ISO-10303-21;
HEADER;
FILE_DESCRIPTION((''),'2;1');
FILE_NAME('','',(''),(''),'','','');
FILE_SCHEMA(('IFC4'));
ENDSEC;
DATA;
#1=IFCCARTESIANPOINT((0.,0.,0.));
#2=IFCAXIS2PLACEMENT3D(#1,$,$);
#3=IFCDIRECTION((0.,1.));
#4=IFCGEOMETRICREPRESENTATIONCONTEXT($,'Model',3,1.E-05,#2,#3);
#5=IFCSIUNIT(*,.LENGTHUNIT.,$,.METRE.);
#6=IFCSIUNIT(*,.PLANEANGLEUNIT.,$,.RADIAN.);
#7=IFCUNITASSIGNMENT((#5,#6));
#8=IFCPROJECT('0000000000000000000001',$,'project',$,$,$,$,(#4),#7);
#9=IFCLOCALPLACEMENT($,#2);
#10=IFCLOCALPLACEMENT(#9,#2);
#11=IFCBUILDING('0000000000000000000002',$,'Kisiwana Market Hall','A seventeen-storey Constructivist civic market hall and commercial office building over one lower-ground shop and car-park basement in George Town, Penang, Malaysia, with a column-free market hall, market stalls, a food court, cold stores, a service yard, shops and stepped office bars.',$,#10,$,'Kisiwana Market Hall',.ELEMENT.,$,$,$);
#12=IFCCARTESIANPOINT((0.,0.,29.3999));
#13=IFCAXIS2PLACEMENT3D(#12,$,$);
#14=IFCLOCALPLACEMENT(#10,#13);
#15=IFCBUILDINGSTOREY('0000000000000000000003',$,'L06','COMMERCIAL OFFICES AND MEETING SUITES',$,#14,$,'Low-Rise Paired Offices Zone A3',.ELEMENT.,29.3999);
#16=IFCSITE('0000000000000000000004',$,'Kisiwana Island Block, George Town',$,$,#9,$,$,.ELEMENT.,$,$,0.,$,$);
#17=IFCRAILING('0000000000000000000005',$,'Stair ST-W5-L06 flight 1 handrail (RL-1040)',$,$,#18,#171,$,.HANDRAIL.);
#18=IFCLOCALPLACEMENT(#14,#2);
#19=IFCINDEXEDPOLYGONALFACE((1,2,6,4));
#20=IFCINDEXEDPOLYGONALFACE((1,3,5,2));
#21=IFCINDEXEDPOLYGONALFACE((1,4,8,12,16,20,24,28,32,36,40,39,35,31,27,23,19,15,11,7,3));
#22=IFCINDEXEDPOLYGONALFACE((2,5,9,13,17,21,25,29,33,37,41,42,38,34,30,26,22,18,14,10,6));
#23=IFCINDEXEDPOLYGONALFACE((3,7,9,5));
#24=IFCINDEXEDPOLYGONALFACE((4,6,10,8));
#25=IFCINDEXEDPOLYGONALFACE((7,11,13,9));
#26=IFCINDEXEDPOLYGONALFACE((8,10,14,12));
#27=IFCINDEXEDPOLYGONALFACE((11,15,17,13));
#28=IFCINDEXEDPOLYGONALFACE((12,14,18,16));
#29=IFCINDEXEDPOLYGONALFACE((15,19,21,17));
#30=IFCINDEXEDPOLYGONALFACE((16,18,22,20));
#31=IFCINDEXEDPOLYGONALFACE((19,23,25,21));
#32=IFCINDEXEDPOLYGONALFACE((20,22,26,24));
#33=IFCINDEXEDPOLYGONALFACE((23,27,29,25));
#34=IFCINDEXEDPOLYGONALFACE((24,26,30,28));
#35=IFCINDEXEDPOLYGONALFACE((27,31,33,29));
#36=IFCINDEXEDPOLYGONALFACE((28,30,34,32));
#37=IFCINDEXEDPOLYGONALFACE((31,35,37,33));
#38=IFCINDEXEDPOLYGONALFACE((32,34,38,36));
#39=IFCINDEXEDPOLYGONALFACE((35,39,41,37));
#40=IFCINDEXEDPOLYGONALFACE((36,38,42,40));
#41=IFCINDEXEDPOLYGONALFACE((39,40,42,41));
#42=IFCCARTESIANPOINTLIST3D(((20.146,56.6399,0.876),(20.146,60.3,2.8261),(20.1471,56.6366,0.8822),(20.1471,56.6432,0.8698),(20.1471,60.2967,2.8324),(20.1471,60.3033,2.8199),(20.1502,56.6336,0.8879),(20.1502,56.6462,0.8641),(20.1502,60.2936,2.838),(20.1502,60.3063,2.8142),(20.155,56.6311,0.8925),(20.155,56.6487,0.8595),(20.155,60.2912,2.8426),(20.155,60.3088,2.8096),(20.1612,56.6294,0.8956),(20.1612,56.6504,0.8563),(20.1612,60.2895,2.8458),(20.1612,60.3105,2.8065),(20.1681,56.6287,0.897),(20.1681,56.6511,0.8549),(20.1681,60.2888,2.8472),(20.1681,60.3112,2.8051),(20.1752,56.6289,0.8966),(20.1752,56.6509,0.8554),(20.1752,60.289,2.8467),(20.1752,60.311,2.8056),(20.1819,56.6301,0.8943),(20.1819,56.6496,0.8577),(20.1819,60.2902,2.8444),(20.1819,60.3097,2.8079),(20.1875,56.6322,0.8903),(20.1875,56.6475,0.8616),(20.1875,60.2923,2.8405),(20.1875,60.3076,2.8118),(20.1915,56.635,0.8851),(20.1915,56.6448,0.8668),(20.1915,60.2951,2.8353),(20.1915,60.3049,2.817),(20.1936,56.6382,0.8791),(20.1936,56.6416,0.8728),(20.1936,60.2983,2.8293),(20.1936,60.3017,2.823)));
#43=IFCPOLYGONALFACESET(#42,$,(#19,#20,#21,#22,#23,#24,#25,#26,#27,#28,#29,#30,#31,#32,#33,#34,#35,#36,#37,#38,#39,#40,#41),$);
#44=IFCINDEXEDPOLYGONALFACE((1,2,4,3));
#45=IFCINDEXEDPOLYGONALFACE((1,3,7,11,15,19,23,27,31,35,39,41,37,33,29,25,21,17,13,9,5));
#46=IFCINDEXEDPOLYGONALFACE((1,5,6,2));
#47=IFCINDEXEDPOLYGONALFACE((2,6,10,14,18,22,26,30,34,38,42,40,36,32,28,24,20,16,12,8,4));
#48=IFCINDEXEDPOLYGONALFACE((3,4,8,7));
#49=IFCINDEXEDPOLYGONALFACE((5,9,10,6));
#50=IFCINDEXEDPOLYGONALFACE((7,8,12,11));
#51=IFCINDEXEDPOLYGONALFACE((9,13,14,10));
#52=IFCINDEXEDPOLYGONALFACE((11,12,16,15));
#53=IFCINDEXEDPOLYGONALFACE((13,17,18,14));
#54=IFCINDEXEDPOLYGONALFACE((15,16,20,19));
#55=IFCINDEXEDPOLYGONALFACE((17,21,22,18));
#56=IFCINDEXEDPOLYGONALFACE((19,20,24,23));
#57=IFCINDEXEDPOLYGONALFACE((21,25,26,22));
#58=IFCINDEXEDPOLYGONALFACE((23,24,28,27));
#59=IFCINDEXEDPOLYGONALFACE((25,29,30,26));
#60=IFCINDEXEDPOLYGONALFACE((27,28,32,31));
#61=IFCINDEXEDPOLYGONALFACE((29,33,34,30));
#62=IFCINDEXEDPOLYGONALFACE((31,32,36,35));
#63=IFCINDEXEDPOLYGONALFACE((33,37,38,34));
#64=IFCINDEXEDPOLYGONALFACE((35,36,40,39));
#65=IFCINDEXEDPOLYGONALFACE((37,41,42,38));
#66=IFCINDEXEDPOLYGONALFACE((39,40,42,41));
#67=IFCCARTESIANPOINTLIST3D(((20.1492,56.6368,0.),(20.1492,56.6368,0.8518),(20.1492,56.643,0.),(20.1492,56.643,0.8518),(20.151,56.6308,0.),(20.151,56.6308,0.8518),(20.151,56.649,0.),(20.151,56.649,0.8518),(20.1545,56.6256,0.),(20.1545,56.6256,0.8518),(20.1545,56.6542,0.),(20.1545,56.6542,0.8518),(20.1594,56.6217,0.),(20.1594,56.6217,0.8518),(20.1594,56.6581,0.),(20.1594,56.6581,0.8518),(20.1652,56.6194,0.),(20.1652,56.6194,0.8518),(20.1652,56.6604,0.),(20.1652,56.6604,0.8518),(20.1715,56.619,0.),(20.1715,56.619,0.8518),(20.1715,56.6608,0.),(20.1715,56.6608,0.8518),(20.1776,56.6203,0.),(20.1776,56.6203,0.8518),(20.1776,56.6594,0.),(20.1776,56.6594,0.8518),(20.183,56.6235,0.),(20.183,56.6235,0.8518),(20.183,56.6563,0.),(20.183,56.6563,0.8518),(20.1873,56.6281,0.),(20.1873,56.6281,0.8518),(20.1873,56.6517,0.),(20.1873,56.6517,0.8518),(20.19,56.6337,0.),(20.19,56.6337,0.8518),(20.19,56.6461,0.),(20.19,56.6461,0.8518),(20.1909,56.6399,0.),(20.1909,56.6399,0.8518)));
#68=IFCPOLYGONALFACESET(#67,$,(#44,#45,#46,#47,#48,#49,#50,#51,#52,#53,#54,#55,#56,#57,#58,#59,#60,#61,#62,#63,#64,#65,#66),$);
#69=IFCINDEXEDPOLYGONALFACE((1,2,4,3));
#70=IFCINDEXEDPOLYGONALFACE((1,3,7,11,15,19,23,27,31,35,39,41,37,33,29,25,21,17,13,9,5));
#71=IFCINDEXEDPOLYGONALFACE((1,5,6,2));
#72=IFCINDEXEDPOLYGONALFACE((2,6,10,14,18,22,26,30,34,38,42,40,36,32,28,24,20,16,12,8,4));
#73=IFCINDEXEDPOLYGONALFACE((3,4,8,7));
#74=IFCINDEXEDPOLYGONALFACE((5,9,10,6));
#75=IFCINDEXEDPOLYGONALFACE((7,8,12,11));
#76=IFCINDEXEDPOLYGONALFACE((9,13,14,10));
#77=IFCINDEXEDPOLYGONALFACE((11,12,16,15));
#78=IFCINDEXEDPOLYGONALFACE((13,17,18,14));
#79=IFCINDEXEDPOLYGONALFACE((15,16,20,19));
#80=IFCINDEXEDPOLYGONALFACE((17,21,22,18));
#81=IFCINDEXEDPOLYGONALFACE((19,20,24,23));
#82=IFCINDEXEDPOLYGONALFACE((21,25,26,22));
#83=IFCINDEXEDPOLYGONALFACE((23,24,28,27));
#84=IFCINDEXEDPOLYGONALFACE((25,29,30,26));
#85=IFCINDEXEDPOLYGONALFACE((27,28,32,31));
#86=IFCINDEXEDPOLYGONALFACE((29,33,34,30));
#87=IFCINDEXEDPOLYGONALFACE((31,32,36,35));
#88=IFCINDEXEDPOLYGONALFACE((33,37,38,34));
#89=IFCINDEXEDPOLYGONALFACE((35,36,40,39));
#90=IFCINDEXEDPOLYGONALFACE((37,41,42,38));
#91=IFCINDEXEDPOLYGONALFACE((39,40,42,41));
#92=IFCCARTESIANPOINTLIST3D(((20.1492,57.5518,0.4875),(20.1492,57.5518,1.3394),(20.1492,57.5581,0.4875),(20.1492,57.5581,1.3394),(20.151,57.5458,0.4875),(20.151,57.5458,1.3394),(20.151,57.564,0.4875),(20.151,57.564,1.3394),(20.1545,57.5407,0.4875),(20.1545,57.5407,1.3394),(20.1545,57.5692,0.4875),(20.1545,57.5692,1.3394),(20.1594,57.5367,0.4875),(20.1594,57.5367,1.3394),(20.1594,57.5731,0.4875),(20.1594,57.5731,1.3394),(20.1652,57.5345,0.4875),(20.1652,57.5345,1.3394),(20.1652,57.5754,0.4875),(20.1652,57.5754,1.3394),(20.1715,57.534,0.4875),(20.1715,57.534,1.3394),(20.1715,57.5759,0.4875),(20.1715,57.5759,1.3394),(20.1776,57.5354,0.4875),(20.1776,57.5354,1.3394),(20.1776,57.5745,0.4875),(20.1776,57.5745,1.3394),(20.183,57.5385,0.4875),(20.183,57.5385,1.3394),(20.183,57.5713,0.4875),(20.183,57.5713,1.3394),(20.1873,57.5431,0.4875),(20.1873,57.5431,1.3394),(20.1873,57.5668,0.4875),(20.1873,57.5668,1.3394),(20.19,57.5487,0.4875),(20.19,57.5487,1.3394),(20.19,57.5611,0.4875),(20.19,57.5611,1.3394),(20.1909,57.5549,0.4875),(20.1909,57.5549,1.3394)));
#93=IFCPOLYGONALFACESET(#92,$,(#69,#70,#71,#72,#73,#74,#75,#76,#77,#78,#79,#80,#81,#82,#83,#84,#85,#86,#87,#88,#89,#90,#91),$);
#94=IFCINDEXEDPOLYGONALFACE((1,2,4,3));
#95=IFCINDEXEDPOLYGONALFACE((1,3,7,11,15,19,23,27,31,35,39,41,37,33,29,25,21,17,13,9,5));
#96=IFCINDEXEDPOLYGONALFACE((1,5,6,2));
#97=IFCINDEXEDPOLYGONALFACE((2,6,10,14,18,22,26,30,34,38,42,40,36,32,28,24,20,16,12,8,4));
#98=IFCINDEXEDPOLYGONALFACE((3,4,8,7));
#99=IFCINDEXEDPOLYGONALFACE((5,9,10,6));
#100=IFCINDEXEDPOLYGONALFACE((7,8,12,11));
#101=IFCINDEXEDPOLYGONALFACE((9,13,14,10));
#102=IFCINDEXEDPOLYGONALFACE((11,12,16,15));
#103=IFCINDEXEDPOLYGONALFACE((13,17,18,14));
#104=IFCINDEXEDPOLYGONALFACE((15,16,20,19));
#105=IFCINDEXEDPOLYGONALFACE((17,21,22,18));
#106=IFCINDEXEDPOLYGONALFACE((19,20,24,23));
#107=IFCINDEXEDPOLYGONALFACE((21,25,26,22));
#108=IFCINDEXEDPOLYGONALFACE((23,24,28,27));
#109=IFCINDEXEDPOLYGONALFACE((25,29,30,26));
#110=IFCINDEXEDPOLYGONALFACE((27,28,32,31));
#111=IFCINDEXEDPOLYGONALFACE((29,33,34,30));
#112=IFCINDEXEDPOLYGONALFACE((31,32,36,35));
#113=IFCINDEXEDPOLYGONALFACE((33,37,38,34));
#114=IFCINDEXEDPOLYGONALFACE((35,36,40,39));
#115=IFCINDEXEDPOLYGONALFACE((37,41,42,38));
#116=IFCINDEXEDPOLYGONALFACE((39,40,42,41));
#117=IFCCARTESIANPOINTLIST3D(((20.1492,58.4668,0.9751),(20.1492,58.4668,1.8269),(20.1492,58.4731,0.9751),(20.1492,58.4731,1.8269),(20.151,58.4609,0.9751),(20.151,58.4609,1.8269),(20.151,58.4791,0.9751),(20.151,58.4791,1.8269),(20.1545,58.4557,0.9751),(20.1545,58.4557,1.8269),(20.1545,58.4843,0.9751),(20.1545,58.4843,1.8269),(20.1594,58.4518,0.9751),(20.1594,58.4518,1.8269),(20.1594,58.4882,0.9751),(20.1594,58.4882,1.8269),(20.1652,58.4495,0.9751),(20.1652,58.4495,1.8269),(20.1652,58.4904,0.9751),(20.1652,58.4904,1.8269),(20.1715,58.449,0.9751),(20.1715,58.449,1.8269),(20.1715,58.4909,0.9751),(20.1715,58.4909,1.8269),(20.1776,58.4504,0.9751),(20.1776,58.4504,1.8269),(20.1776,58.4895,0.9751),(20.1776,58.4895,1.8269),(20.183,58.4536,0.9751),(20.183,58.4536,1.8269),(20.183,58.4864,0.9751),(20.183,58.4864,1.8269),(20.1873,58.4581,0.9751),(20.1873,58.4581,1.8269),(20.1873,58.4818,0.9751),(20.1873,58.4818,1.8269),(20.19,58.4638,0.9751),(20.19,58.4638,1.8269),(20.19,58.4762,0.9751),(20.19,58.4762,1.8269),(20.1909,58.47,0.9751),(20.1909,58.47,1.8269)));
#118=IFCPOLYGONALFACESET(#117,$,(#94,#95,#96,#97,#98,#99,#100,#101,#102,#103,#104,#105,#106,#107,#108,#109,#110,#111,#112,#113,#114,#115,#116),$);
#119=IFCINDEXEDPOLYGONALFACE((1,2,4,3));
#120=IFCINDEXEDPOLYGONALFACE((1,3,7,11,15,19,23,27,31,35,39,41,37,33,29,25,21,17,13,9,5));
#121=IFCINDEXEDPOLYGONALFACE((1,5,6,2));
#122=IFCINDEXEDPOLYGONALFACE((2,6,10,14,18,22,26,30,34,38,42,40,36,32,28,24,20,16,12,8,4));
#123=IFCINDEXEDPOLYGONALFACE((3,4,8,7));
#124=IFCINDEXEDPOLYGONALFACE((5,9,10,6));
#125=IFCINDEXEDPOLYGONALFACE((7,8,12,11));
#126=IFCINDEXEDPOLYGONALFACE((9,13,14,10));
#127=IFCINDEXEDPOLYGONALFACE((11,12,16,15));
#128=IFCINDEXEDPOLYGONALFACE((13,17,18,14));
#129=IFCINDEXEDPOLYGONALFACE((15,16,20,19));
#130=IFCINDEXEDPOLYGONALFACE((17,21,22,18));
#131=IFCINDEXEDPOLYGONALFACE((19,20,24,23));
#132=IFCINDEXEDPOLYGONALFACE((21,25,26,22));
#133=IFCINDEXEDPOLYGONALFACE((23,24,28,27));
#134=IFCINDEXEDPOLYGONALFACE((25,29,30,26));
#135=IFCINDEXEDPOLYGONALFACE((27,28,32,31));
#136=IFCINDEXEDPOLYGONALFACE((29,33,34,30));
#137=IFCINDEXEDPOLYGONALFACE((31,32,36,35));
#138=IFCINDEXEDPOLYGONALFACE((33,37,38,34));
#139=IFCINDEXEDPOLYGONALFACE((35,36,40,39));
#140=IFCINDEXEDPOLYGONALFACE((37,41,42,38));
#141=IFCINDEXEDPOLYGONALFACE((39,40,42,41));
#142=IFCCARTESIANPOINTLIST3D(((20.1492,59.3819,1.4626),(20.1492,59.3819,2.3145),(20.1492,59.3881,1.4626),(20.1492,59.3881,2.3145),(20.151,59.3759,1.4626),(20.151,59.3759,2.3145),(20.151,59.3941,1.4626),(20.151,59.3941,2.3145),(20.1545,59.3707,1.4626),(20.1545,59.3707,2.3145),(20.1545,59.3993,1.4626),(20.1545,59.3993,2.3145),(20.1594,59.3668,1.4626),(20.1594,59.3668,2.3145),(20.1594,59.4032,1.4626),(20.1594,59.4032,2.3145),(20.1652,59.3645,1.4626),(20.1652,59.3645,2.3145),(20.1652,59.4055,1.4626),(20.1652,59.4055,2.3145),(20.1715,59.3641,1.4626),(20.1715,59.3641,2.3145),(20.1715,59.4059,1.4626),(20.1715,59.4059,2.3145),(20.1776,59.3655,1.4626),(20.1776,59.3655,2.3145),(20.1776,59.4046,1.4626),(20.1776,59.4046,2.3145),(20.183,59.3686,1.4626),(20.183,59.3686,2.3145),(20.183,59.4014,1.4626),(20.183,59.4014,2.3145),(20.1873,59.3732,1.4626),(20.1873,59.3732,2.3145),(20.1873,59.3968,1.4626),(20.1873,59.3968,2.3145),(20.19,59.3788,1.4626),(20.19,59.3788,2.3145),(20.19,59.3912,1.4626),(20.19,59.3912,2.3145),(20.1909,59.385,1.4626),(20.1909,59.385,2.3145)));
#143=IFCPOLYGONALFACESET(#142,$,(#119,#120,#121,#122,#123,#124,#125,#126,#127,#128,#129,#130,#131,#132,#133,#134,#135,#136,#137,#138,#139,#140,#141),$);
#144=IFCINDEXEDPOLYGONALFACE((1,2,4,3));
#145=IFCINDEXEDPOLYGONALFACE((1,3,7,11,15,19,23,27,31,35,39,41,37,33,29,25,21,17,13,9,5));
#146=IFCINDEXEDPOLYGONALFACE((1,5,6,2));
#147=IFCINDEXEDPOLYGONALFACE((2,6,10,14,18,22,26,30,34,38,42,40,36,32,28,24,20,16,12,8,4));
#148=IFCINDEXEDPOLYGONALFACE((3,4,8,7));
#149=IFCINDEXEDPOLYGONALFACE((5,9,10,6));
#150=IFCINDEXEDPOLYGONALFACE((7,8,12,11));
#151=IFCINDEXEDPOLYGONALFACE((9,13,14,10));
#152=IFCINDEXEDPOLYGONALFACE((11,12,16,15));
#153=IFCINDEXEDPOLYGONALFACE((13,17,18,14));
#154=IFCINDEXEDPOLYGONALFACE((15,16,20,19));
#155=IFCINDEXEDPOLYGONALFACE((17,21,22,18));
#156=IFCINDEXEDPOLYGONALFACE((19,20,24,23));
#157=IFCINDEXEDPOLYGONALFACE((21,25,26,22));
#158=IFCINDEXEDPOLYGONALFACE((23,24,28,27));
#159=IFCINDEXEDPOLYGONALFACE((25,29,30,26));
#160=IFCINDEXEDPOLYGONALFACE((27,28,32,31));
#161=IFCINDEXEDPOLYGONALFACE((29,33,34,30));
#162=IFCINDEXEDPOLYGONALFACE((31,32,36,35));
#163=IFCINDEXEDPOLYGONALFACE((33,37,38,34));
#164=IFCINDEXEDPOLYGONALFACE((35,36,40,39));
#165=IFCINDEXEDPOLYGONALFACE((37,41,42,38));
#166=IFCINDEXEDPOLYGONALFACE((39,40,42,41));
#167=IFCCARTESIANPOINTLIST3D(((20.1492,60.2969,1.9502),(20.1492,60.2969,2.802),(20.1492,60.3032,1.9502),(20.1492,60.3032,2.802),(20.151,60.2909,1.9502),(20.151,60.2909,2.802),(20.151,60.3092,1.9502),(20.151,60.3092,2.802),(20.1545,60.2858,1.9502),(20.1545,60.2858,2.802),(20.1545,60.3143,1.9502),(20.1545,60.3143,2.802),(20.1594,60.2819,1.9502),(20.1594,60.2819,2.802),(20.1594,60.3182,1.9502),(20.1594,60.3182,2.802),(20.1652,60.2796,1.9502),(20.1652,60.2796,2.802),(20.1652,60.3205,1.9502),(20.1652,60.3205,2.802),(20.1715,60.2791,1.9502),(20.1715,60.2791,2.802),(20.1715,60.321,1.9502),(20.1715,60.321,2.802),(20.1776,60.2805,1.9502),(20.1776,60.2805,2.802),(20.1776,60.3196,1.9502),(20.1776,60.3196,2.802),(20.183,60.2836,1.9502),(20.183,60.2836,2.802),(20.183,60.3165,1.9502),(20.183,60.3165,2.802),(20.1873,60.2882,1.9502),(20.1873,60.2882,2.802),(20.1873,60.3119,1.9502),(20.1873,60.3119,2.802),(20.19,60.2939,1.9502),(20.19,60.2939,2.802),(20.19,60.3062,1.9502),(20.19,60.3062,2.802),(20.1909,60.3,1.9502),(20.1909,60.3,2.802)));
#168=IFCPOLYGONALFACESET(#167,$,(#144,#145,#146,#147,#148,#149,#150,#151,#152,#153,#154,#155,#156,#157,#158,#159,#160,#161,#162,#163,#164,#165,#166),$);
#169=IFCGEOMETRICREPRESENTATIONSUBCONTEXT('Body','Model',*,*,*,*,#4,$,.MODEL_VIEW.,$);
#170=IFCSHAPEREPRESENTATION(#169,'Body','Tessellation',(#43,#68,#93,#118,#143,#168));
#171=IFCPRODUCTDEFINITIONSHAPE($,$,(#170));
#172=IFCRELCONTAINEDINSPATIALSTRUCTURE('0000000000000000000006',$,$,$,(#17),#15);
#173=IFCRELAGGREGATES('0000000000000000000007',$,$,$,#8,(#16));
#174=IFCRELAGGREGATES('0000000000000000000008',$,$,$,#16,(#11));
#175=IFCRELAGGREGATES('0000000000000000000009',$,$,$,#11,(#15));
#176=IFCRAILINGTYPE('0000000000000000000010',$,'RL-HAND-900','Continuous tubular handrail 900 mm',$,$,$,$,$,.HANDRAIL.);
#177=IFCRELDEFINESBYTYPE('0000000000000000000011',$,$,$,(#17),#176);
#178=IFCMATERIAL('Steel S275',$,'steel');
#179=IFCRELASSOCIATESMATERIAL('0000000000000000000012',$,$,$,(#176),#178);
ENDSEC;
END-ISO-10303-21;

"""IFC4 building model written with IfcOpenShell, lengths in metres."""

from ifc_helpers import new_model, si_unit, direction, frame, origin, origin_2d, place, context, subcontext, project, spatial, circle, extrude, material, type_object, element, save


model = new_model("IFC4")

# Units and contexts
model_context = context("Model", 3, precision=1e-05, world=origin(), true_north=direction((0.0, 1.0)))
body_context = subcontext(model_context, "Body", "Model", "MODEL_VIEW")
ifc_project = project(units=[si_unit("LENGTHUNIT", "METRE"), si_unit("PLANEANGLEUNIT", "RADIAN")], contexts=[model_context])

# Site, building, storey
site_placement = place(None, origin())
site = spatial("IfcSite", under=ifc_project, at=site_placement, Name="Kisiwana Island Block, George Town", CompositionType="ELEMENT", RefElevation=0.0)
building_placement = place(site_placement, origin())
building = spatial("IfcBuilding", under=site, at=building_placement, Name="Kisiwana Market Hall", Description="A seventeen-storey Constructivist civic market hall and commercial office building over one lower-ground shop and car-park basement in George Town, Penang, Malaysia, with a column-free market hall, market stalls, a food court, cold stores, a service yard, shops and stepped office bars.", LongName="Kisiwana Market Hall", CompositionType="ELEMENT")
storey_placement = place(building_placement, frame((0.0, 0.0, 29.3999)))
storey = spatial("IfcBuildingStorey", under=building, at=storey_placement, Name="L06", Description="COMMERCIAL OFFICES AND MEETING SUITES", LongName="Low-Rise Paired Offices Zone A3", CompositionType="ELEMENT", Elevation=29.3999)

# Railing
ifc_material_1 = material(Name="Steel S275", Category="steel")
railing_type_1 = type_object("IfcRailingType", Name="RL-HAND-900", Description="Continuous tubular handrail 900 mm", PredefinedType="HANDRAIL", material=ifc_material_1)
for number, where, name in (
    (1, (20.1699, 56.6399, 0.0), "Stair ST-W5-L06 flight 1 handrail (RL-1040)"),
):
    element("IfcRailing", number, at=place(storey_placement, frame(where)), inside=storey, type_object=railing_type_1, Name=name, PredefinedType="HANDRAIL", context=body_context, shape_type="SweptSolid", body=[
        extrude(circle(Radius=0.0239, at=origin_2d()), frame((0.0, 0.0, 0.876), z_axis=(0.0, 0.882542, 0.470234), x_axis=(-1.0, 0.0, 0.0)), (0.0, 0.0, 1.0), 4.1472),
        extrude(circle(Radius=0.021, at=origin_2d()), origin(), (0.0, 0.0, 1.0), 0.8518),
        extrude(circle(Radius=0.021, at=origin_2d()), frame((0.0, 0.915, 0.4875)), (0.0, 0.0, 1.0), 0.8518),
        extrude(circle(Radius=0.021, at=origin_2d()), frame((0.0, 1.8301, 0.9751)), (0.0, 0.0, 1.0), 0.8518),
        extrude(circle(Radius=0.021, at=origin_2d()), frame((0.0, 2.7451, 1.4626)), (0.0, 0.0, 1.0), 0.8518),
        extrude(circle(Radius=0.021, at=origin_2d()), frame((0.0, 3.6602, 1.9502)), (0.0, 0.0, 1.0), 0.8518),
    ])

save(model, "model.ifc")
